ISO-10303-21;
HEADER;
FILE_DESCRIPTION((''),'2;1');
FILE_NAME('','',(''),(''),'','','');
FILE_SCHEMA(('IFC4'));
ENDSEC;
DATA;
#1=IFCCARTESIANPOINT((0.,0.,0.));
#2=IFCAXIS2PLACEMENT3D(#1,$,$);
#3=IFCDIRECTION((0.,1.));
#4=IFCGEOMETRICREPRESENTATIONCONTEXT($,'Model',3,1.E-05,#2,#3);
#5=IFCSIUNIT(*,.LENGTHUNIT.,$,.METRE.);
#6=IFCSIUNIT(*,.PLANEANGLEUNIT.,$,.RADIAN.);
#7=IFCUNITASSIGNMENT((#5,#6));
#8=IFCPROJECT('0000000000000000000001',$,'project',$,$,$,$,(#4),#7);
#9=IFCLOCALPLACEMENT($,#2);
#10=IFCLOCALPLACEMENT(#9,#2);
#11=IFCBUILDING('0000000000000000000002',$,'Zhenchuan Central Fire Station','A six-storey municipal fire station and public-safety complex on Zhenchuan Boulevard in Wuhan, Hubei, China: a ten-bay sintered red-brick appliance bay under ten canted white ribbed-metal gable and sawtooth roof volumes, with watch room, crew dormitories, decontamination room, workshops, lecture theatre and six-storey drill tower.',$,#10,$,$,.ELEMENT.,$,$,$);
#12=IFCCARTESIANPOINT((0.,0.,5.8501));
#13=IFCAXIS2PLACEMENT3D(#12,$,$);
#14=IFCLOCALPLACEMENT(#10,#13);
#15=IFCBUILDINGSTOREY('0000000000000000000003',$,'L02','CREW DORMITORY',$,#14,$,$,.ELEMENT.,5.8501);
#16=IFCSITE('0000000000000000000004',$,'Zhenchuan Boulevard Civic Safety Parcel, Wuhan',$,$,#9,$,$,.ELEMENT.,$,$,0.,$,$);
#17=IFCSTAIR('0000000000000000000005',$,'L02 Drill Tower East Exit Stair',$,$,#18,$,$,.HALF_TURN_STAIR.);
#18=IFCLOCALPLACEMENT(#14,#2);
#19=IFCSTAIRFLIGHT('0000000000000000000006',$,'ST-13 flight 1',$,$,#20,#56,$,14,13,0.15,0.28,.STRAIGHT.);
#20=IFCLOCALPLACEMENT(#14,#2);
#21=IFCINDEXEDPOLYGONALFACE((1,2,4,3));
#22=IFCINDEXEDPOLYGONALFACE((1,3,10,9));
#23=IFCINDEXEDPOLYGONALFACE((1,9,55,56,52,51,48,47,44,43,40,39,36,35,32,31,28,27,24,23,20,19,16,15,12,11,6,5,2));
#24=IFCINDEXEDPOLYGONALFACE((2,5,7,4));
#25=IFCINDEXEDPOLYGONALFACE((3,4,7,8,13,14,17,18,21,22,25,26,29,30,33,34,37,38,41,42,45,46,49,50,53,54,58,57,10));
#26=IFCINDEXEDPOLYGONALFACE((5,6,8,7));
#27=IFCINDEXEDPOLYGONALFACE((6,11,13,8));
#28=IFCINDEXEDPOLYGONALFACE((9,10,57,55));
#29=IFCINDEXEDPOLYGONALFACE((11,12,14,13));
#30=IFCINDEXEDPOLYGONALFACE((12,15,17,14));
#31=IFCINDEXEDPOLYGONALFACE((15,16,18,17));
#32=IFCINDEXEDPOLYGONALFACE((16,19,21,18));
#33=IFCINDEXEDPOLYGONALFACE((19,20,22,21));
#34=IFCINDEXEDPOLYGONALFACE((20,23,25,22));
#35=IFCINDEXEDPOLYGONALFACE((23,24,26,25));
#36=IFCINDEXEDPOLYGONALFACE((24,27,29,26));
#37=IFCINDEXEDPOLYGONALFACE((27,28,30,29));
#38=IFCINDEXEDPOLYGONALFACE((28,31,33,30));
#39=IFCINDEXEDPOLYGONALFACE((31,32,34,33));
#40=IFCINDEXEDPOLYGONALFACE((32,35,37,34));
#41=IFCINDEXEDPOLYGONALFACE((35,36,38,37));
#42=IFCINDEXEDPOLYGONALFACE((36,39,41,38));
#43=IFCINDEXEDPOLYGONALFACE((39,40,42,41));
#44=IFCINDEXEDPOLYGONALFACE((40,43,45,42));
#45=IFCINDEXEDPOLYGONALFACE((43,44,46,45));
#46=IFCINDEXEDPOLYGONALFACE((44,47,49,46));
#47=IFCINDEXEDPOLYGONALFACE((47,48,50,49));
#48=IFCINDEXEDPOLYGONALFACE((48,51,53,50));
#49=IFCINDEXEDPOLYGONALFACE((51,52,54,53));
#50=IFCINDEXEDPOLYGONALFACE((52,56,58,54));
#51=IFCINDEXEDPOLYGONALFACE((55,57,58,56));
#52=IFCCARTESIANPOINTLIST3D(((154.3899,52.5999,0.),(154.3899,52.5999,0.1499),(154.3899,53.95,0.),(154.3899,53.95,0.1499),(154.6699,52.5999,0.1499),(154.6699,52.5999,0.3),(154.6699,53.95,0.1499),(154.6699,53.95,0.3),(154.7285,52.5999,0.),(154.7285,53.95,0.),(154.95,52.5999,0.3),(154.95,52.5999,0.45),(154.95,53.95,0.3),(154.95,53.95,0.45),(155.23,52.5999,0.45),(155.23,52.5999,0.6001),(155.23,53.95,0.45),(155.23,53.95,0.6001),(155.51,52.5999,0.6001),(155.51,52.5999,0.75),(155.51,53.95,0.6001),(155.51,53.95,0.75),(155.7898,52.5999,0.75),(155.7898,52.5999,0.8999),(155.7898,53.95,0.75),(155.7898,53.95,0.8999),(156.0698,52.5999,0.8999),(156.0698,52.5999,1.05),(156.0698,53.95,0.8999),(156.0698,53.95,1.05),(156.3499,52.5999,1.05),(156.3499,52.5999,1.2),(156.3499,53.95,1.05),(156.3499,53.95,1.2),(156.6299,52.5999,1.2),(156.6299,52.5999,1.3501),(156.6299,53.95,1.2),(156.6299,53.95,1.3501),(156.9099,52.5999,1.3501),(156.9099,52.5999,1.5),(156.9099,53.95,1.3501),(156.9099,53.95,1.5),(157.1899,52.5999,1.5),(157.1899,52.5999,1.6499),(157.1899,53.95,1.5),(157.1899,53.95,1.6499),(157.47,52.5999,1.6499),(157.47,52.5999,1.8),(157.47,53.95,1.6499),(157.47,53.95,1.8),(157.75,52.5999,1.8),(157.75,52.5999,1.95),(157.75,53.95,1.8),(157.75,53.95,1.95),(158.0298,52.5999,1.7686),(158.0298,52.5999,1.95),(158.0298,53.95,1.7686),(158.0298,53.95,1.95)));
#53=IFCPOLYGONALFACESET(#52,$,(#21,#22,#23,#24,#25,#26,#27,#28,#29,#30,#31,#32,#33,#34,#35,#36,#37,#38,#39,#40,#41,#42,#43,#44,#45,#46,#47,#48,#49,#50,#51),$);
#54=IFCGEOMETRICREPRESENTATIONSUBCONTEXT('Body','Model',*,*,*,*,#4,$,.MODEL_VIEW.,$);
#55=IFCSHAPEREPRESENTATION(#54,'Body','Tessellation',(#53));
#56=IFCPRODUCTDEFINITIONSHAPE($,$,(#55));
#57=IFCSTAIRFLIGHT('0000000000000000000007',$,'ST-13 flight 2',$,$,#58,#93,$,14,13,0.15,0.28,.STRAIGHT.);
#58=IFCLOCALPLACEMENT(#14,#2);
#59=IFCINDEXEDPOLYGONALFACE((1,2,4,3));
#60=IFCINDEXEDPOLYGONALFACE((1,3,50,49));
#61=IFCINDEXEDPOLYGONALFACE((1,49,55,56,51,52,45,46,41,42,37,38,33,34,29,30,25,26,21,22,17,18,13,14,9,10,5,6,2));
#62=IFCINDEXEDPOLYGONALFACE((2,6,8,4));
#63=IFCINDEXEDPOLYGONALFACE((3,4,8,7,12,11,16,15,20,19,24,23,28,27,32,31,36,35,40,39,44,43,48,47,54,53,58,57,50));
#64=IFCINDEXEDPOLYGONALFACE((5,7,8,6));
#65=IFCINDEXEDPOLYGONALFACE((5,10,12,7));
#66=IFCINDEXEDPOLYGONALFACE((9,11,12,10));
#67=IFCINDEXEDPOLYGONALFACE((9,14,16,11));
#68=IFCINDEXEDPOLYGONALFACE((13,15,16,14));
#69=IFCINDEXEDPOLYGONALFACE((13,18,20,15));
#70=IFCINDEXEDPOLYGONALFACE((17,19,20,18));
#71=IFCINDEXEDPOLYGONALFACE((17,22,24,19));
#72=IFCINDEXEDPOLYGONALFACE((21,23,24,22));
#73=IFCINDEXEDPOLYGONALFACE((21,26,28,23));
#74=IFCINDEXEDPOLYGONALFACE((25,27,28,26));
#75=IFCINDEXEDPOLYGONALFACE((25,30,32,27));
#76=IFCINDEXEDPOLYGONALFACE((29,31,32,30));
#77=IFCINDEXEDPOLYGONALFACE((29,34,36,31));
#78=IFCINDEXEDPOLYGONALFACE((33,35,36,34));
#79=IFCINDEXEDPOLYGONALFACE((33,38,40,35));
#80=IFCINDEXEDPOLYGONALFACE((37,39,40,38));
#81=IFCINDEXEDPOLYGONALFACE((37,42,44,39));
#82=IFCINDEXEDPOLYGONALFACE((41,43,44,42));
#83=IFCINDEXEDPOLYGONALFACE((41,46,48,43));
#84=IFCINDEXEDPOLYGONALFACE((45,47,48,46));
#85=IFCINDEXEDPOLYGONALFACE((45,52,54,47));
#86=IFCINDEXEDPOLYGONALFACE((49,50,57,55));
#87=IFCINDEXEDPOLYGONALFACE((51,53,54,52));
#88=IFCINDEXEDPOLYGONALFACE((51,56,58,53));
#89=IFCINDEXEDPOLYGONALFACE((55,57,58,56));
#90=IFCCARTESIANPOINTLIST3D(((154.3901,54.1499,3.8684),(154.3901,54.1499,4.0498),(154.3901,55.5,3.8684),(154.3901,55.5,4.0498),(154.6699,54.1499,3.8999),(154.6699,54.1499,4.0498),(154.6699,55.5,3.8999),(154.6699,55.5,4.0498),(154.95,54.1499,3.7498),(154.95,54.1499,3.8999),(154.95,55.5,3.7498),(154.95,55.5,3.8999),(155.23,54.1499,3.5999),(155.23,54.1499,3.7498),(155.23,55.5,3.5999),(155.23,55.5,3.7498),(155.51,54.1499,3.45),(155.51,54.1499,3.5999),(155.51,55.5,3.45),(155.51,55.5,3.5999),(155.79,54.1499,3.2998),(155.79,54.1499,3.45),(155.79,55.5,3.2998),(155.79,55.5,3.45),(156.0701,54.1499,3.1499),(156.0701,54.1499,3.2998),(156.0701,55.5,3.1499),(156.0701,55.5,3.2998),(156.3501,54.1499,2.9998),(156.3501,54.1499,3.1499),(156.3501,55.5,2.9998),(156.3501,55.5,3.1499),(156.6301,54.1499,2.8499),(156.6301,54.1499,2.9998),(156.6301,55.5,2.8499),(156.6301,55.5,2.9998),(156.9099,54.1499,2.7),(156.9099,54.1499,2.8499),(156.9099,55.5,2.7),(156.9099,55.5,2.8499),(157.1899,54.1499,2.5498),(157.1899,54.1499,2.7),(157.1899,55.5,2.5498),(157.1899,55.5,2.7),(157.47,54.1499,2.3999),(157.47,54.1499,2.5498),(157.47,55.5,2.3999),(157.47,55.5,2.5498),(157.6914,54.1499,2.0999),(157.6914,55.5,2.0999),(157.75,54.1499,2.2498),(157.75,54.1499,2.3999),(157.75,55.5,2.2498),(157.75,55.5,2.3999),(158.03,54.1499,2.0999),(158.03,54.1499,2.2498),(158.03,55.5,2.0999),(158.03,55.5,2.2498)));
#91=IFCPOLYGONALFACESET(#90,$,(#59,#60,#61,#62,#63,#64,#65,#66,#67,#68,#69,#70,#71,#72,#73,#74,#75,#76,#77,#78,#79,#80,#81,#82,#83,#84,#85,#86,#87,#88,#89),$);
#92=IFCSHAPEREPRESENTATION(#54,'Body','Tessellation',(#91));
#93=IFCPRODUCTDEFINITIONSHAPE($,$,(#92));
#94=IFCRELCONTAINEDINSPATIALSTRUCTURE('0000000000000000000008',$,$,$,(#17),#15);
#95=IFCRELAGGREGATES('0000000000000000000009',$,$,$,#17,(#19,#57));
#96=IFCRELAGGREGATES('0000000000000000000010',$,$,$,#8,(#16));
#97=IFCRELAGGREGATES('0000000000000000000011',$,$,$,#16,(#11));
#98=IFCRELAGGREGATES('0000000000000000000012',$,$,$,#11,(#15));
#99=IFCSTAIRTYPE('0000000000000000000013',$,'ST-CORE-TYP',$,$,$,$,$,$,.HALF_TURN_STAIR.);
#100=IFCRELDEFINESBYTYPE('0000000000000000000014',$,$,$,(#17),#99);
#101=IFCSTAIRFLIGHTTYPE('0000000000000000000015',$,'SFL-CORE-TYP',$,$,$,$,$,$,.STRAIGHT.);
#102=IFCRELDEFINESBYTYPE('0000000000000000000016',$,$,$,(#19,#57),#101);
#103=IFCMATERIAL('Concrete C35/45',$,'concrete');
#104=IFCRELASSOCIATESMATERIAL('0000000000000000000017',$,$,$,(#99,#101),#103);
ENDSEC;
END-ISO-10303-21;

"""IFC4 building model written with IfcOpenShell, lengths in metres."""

from ifc_helpers import new_model, si_unit, direction, frame, origin, place, context, subcontext, project, spatial, polyline, outline, extrude, material, type_object, element, aggregate, save


model = new_model("IFC4")

# Units and contexts
model_context = context("Model", 3, precision=1e-05, world=origin(), true_north=direction((0.0, 1.0)))
body_context = subcontext(model_context, "Body", "Model", "MODEL_VIEW")
ifc_project = project(units=[si_unit("LENGTHUNIT", "METRE"), si_unit("PLANEANGLEUNIT", "RADIAN")], contexts=[model_context])

# Site, building, storey
site_placement = place(None, origin())
site = spatial("IfcSite", under=ifc_project, at=site_placement, Name="Zhenchuan Boulevard Civic Safety Parcel, Wuhan", CompositionType="ELEMENT", RefElevation=0.0)
building_placement = place(site_placement, origin())
building = spatial("IfcBuilding", under=site, at=building_placement, Name="Zhenchuan Central Fire Station", Description="A six-storey municipal fire station and public-safety complex on Zhenchuan Boulevard in Wuhan, Hubei, China: a ten-bay sintered red-brick appliance bay under ten canted white ribbed-metal gable and sawtooth roof volumes, with watch room, crew dormitories, decontamination room, workshops, lecture theatre and six-storey drill tower.", CompositionType="ELEMENT")
storey_placement = place(building_placement, frame((0.0, 0.0, 5.8501)))
storey = spatial("IfcBuildingStorey", under=building, at=storey_placement, Name="L02", Description="CREW DORMITORY", CompositionType="ELEMENT", Elevation=5.8501)

# Stair, stair flights
ifc_material_1 = material(Name="Concrete C35/45", Category="concrete")
stair_type = type_object("IfcStairType", Name="ST-CORE-TYP", PredefinedType="HALF_TURN_STAIR", material=ifc_material_1)
stair_placement = place(storey_placement, origin())
stair = element("IfcStair", 1, at=stair_placement, inside=storey, type_object=stair_type, Name="L02 Drill Tower East Exit Stair", PredefinedType="HALF_TURN_STAIR")
stair_flight_type = type_object("IfcStairFlightType", Name="SFL-CORE-TYP", PredefinedType="STRAIGHT", material=ifc_material_1)
stair_flight_1_placement = place(storey_placement, frame((154.3899, 53.2749, 0.0), z_axis=(0.0, 0.0, 1.0), x_axis=(1.0, 0.0, 0.0)))
stair_flight_1 = element("IfcStairFlight", 2, at=stair_flight_1_placement, type_object=stair_flight_type, Name="ST-13 flight 1", NumberOfRisers=14, NumberOfTreads=13, PredefinedType="STRAIGHT", RiserHeight=0.15, TreadLength=0.28, context=body_context, shape_type="SweptSolid", body=[
    extrude(outline(polyline([(0.0, 0.0), (0.0, 0.1499), (0.28, 0.1499), (0.28, 0.3), (0.5601, 0.3), (0.5601, 0.45), (0.8401, 0.45), (0.8401, 0.6001), (1.1201, 0.6001), (1.1201, 0.75), (1.3999, 0.75), (1.3999, 0.8999), (1.6799, 0.8999), (1.6799, 1.05), (1.96, 1.05), (1.96, 1.2), (2.24, 1.2), (2.24, 1.3501), (2.52, 1.3501), (2.52, 1.5), (2.8, 1.5), (2.8, 1.6499), (3.0801, 1.6499), (3.0801, 1.8), (3.3601, 1.8), (3.3601, 1.95), (3.6399, 1.95), (3.6399, 2.1001), (3.6399, 1.7686), (0.3386, 0.0), (0.0, 0.0)])), frame((0.0, 0.675, 0.0), z_axis=(0.0, -1.0, 0.0), x_axis=(1.0, 0.0, 0.0)), (0.0, 0.0, 1.0), 1.3501),
])
stair_flight_2_placement = place(storey_placement, frame((158.03, 54.825, 2.0999), z_axis=(0.0, 0.0, 1.0), x_axis=(-1.0, 0.0, 0.0)))
stair_flight_2 = element("IfcStairFlight", 3, at=stair_flight_2_placement, type_object=stair_flight_type, Name="ST-13 flight 2", NumberOfRisers=14, NumberOfTreads=13, PredefinedType="STRAIGHT", RiserHeight=0.15, TreadLength=0.28, context=body_context, shape_type="SweptSolid", body=[
    extrude(outline(polyline([(0.0, 0.0), (0.0, 0.1499), (0.28, 0.1499), (0.28, 0.3), (0.5601, 0.3), (0.5601, 0.45), (0.8401, 0.45), (0.8401, 0.6001), (1.1201, 0.6001), (1.1201, 0.75), (1.3999, 0.75), (1.3999, 0.8999), (1.6799, 0.8999), (1.6799, 1.05), (1.96, 1.05), (1.96, 1.2), (2.24, 1.2), (2.24, 1.3501), (2.52, 1.3501), (2.52, 1.5), (2.8, 1.5), (2.8, 1.6499), (3.0801, 1.6499), (3.0801, 1.8), (3.3601, 1.8), (3.3601, 1.95), (3.6399, 1.95), (3.6399, 2.1001), (3.6399, 1.7686), (0.3386, 0.0), (0.0, 0.0)])), frame((0.0, 0.675, 0.0), z_axis=(0.0, -1.0, 0.0), x_axis=(1.0, 0.0, 0.0)), (0.0, 0.0, 1.0), 1.3501),
])
aggregate(stair, [stair_flight_1, stair_flight_2])

save(model, "model.ifc")
